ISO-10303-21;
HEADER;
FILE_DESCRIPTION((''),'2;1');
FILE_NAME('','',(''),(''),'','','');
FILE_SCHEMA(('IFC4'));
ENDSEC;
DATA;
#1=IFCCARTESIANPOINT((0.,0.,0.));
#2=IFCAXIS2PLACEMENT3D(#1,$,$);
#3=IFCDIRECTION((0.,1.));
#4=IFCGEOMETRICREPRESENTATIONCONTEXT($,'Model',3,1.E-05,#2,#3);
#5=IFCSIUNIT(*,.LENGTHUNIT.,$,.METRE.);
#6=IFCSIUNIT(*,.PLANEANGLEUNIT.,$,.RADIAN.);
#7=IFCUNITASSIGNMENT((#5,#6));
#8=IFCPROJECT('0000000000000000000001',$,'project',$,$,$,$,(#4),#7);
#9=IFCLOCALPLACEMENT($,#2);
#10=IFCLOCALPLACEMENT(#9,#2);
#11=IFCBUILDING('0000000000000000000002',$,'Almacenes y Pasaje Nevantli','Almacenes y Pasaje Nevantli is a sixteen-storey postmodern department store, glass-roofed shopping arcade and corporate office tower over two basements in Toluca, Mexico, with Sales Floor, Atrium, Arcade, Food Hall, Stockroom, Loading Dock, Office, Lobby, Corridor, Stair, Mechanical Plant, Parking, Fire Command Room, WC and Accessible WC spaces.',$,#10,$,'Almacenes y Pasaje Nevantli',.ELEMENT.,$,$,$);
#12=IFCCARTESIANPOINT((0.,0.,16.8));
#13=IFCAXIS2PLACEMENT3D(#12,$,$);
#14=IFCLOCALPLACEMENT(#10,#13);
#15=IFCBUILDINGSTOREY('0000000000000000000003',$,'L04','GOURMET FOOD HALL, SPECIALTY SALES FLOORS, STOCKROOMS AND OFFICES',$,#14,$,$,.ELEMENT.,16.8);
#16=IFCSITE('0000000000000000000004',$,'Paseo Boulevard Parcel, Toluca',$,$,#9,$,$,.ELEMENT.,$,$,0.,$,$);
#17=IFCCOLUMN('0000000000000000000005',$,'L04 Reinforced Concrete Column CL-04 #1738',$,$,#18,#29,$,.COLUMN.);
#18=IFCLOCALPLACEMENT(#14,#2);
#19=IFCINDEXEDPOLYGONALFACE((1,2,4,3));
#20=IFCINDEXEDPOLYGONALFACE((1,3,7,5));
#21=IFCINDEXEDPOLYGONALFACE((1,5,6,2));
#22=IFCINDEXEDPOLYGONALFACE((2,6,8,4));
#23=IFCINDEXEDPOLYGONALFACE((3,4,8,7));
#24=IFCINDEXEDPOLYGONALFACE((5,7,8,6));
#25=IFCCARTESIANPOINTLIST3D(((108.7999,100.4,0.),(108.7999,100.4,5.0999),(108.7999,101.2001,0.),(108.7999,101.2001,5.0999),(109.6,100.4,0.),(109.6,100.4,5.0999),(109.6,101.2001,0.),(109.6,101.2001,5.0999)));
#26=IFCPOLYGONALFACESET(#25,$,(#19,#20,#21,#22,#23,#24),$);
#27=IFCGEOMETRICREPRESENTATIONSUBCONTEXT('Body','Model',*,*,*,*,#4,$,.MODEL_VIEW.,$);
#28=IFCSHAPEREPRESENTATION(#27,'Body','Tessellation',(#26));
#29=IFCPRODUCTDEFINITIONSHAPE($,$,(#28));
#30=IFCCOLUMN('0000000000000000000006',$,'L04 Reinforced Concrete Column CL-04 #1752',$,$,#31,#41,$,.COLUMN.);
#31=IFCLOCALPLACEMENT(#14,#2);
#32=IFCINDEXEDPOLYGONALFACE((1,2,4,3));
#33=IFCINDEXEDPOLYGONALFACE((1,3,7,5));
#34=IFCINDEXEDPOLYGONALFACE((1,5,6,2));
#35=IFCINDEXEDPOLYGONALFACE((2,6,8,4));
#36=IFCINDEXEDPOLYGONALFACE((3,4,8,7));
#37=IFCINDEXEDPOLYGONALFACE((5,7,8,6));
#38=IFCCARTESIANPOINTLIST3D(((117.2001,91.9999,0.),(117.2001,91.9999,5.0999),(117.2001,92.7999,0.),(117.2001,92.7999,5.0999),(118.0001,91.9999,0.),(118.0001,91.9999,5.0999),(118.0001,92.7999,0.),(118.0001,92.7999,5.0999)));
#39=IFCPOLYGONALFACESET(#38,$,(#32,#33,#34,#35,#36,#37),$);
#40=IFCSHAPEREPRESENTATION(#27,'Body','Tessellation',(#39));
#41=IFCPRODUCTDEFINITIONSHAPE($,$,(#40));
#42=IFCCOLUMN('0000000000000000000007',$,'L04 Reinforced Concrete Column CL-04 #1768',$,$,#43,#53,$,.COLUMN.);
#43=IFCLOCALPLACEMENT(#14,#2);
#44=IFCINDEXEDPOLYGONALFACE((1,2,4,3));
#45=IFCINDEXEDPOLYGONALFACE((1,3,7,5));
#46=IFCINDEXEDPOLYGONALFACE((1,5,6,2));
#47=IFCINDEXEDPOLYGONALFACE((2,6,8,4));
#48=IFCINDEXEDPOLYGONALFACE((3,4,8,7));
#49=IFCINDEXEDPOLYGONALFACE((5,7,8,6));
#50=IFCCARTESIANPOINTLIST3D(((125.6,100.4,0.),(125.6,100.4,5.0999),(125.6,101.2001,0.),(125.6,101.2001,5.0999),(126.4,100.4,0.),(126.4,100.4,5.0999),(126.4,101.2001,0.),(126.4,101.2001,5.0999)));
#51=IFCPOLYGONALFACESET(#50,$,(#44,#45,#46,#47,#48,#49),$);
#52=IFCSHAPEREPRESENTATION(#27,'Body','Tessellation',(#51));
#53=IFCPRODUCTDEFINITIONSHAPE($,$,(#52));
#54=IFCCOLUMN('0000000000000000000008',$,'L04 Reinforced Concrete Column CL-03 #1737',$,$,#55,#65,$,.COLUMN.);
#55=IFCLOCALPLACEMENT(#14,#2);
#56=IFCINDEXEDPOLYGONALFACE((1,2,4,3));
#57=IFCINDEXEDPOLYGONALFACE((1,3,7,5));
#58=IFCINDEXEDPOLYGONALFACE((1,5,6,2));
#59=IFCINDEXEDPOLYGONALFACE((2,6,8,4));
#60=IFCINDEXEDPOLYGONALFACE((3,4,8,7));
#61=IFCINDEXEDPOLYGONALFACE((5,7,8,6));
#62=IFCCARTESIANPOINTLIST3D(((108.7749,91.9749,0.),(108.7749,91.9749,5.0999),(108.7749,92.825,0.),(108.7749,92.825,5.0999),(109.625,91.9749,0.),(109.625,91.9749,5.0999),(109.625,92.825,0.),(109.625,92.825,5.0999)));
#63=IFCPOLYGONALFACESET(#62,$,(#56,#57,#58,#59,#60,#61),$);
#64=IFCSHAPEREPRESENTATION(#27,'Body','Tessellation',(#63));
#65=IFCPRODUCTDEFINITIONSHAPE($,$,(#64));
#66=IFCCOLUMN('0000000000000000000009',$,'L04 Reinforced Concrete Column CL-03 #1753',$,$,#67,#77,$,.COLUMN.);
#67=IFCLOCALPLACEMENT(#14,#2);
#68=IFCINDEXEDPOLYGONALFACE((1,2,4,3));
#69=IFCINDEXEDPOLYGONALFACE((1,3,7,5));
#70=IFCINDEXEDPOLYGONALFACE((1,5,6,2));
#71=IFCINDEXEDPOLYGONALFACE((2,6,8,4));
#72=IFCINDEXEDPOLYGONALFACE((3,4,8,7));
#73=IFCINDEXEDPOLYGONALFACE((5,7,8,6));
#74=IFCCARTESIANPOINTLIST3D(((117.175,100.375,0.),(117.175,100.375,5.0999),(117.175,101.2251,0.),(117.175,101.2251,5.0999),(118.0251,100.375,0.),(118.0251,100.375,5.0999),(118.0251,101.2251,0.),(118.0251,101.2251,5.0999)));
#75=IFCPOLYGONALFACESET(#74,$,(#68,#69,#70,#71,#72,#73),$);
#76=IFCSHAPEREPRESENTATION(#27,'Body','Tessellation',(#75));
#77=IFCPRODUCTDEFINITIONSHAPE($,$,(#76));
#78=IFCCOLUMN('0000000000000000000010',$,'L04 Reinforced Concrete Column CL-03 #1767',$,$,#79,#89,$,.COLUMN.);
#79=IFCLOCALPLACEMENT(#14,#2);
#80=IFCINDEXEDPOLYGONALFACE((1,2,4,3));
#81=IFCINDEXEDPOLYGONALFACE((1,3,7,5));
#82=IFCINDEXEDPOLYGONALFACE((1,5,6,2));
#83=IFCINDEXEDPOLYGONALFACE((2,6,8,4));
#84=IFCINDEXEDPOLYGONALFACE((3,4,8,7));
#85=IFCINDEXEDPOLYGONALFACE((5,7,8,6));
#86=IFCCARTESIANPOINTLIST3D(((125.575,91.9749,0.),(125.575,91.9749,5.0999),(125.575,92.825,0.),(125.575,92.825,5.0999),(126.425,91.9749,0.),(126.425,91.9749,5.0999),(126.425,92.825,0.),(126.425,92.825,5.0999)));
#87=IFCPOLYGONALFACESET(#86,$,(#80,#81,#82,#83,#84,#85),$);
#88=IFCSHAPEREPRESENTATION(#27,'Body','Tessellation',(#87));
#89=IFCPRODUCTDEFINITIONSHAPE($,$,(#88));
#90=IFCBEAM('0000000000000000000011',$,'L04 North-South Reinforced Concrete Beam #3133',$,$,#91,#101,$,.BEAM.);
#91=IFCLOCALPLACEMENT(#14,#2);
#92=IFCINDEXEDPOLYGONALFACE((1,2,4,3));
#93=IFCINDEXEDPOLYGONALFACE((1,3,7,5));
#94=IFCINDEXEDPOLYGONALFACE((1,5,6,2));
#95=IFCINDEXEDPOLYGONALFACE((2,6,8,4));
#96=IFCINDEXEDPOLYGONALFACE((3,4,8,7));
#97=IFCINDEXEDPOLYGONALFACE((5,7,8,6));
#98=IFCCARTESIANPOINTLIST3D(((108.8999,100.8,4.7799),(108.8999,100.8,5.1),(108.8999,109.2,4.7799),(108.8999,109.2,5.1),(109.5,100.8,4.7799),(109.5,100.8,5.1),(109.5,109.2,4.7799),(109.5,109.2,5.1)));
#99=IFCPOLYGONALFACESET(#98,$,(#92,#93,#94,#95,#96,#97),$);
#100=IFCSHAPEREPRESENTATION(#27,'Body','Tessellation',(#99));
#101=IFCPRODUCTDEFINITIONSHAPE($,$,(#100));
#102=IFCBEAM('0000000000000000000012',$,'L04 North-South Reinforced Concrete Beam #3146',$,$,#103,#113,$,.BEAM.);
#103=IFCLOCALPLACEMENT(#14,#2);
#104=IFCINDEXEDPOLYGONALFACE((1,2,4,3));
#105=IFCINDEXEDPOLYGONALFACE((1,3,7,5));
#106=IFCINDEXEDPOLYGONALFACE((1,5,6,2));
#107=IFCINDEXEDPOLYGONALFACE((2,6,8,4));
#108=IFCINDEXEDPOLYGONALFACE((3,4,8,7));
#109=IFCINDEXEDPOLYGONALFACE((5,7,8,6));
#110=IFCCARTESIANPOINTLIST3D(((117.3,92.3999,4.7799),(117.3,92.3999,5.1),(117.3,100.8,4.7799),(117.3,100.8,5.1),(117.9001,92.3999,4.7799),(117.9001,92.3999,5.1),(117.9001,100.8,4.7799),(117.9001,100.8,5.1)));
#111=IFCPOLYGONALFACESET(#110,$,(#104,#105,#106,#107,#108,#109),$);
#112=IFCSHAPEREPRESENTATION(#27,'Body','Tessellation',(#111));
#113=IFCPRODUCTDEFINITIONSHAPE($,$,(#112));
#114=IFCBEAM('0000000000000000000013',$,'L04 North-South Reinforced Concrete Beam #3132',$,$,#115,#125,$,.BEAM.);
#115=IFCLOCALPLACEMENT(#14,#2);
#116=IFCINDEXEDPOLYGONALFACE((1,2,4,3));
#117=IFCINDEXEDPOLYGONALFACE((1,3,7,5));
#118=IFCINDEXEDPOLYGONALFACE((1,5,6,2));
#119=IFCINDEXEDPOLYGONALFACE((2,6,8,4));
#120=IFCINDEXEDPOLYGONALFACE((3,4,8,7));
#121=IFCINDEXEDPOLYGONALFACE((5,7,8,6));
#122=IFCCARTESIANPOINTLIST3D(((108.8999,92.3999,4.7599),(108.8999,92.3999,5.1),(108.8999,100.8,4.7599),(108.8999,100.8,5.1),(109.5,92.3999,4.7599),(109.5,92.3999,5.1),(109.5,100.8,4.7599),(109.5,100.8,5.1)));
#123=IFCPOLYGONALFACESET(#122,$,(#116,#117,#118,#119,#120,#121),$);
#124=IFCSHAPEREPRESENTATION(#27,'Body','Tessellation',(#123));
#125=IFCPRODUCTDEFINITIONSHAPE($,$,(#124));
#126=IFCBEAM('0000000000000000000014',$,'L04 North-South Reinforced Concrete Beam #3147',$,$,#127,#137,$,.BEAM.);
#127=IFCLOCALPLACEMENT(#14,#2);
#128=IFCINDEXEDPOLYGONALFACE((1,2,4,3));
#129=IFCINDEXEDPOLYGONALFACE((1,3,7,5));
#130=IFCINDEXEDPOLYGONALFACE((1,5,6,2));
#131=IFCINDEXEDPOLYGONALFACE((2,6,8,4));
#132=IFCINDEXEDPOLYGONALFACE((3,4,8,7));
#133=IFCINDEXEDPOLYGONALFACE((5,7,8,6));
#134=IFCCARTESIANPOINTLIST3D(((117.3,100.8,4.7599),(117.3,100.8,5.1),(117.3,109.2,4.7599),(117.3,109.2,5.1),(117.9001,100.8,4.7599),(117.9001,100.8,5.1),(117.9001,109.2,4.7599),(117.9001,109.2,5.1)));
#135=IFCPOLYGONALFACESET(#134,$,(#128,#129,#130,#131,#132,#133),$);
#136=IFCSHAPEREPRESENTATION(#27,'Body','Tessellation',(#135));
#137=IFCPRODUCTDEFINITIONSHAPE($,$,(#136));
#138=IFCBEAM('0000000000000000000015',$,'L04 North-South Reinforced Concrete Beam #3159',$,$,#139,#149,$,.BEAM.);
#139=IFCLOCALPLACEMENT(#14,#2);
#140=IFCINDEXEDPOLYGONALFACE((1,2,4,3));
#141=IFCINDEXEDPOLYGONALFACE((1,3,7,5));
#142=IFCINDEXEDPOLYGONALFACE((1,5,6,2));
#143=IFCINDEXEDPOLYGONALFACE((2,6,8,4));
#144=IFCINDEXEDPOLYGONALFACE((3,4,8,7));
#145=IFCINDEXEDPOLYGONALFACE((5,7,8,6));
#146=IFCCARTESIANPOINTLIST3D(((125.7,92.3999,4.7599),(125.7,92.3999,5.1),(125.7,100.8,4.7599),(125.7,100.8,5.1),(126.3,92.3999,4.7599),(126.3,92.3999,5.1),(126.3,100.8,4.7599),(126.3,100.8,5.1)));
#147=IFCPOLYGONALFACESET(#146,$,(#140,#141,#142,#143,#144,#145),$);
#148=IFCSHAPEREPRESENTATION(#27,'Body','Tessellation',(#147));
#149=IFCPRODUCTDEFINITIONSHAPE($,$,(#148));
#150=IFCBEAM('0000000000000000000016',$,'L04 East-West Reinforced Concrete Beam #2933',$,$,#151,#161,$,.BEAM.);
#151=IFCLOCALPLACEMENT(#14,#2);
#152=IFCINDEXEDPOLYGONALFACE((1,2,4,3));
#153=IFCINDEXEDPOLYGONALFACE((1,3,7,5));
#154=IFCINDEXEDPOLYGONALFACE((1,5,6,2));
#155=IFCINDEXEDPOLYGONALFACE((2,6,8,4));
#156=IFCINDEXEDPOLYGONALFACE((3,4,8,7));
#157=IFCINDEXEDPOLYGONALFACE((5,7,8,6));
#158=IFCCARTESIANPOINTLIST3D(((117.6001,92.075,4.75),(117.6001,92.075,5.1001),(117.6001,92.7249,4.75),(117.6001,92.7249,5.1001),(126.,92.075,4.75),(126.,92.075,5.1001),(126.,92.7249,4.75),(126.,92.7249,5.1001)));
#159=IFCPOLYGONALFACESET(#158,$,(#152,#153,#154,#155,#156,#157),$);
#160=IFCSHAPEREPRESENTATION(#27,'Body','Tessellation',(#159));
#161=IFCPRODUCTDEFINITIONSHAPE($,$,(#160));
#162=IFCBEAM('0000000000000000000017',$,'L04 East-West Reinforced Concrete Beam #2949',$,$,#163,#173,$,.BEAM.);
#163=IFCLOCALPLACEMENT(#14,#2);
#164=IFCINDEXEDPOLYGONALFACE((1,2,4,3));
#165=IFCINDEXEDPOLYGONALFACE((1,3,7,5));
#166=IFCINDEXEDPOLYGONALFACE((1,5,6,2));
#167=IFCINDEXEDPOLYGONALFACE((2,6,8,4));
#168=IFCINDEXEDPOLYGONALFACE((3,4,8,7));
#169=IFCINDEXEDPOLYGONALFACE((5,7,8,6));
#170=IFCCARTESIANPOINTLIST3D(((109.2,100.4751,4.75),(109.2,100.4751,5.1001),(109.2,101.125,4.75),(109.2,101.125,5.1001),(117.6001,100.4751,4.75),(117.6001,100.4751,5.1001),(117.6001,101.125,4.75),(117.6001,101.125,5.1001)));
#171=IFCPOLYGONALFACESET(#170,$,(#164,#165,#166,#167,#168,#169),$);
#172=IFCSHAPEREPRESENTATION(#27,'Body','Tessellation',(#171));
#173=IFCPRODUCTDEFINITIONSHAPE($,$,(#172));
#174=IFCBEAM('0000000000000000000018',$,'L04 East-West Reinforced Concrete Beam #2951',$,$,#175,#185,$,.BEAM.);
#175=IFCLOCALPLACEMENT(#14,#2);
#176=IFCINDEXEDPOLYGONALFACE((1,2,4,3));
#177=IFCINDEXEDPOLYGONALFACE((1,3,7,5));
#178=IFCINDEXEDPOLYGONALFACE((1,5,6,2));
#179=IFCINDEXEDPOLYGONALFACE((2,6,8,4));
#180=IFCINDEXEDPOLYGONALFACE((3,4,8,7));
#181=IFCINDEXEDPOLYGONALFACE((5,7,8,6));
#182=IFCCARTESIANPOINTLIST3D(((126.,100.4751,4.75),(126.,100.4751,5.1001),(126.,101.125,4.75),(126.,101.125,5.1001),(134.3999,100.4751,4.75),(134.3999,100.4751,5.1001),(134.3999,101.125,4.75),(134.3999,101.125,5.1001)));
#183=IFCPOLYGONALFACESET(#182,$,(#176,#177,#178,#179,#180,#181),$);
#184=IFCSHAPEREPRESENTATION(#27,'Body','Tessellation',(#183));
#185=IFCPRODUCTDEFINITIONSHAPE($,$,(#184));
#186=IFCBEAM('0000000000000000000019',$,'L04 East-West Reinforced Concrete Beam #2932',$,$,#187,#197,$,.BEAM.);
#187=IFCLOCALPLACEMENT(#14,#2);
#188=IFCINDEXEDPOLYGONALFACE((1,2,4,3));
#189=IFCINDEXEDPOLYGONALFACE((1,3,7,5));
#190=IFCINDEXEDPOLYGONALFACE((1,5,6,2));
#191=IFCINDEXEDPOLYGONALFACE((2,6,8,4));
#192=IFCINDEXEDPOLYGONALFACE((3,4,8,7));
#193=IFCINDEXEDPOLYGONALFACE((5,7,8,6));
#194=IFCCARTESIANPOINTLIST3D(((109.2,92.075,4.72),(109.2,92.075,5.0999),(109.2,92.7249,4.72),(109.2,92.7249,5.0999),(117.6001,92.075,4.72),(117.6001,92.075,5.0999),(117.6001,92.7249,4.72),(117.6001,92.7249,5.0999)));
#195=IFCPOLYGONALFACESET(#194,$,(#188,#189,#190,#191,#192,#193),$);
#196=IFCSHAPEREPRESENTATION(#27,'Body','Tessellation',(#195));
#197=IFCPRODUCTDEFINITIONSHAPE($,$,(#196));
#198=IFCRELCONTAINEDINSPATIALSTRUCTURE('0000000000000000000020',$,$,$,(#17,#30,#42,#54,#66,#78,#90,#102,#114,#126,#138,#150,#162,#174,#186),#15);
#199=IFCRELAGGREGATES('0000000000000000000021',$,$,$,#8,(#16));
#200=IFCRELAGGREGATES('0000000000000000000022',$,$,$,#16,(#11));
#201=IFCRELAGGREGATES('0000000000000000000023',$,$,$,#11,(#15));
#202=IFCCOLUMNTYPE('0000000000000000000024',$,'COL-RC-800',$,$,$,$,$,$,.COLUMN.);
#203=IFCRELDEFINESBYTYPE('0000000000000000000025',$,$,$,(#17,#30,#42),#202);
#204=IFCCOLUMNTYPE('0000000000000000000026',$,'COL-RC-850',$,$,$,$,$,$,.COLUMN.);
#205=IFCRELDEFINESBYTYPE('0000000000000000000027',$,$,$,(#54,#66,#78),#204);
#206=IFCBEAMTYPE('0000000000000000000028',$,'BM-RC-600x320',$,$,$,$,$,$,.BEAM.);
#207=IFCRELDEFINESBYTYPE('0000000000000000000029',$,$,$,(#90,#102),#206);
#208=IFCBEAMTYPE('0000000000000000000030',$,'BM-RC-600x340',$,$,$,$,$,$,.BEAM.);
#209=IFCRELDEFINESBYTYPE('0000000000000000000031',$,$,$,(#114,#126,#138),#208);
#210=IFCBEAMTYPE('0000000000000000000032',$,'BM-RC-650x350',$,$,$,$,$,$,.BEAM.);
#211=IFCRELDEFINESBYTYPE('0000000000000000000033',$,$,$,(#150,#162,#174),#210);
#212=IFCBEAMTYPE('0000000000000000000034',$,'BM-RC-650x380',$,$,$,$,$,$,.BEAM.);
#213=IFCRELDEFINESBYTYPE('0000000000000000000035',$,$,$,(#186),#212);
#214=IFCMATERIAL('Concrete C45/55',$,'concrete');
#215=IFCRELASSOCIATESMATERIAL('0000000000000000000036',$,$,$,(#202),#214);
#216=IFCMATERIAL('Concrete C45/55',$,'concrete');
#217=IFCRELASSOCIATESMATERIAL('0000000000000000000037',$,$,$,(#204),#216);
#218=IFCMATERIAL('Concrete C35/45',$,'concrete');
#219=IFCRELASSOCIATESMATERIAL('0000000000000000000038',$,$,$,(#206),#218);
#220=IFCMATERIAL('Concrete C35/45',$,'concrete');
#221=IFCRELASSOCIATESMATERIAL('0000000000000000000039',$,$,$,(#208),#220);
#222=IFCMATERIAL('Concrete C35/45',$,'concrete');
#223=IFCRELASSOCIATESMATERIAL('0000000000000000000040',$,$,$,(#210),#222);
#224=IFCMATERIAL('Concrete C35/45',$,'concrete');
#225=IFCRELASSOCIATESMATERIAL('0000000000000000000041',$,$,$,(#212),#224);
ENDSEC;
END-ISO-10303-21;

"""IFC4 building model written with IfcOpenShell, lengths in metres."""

from ifc_helpers import new_model, si_unit, direction, frame, origin, origin_2d, place, context, subcontext, project, spatial, rectangle, extrude, material, material_profile, profile_set, type_object, element, save


model = new_model("IFC4")

# Units and contexts
model_context = context("Model", 3, precision=1e-05, world=origin(), true_north=direction((0.0, 1.0)))
body_context = subcontext(model_context, "Body", "Model", "MODEL_VIEW")
ifc_project = project(units=[si_unit("LENGTHUNIT", "METRE"), si_unit("PLANEANGLEUNIT", "RADIAN")], contexts=[model_context])

# Site, building, storey
site_placement = place(None, origin())
site = spatial("IfcSite", under=ifc_project, at=site_placement, Name="Paseo Boulevard Parcel, Toluca", CompositionType="ELEMENT", RefElevation=0.0)
building_placement = place(site_placement, origin())
building = spatial("IfcBuilding", under=site, at=building_placement, Name="Almacenes y Pasaje Nevantli", Description="Almacenes y Pasaje Nevantli is a sixteen-storey postmodern department store, glass-roofed shopping arcade and corporate office tower over two basements in Toluca, Mexico, with Sales Floor, Atrium, Arcade, Food Hall, Stockroom, Loading Dock, Office, Lobby, Corridor, Stair, Mechanical Plant, Parking, Fire Command Room, WC and Accessible WC spaces.", LongName="Almacenes y Pasaje Nevantli", CompositionType="ELEMENT")
storey_placement = place(building_placement, frame((0.0, 0.0, 16.8)))
storey = spatial("IfcBuildingStorey", under=building, at=storey_placement, Name="L04", Description="GOURMET FOOD HALL, SPECIALTY SALES FLOORS, STOCKROOMS AND OFFICES", CompositionType="ELEMENT", Elevation=16.8)

# Columns
ifc_material_1 = material(Name="Concrete C45/55", Category="concrete")
ifc_material_profile_1 = material_profile(ifc_material_1, rectangle(XDim=0.8, YDim=0.8, at=origin_2d()), Name="RC-COL-800x800")
ifc_profile_set_1 = profile_set([ifc_material_profile_1], Name="Concrete C45/55")
column_type_1 = type_object("IfcColumnType", Name="COL-RC-800", PredefinedType="COLUMN", material=ifc_profile_set_1)
for number, where, z_axis, x_axis, name in (
    (1, (109.2, 100.8, 0.0), (0.0, 0.0, 1.0), (1.0, 0.0, 0.0), "L04 Reinforced Concrete Column CL-04 #1738"),
    (2, (117.6001, 92.3999, 0.0), (0.0, 0.0, 1.0), (1.0, 0.0, 0.0), "L04 Reinforced Concrete Column CL-04 #1752"),
    (3, (126.0, 100.8, 0.0), (0.0, 0.0, 1.0), (1.0, 0.0, 0.0), "L04 Reinforced Concrete Column CL-04 #1768"),
):
    element("IfcColumn", number, at=place(storey_placement, frame(where, z_axis=z_axis, x_axis=x_axis)), inside=storey, type_object=column_type_1, Name=name, PredefinedType="COLUMN", context=body_context, shape_type="SweptSolid", body=[
        extrude(rectangle(XDim=0.8, YDim=0.8, at=origin_2d()), origin(), (0.0, 0.0, 1.0), 5.0999),
    ])
ifc_material_2 = material(Name="Concrete C45/55", Category="concrete")
ifc_material_profile_2 = material_profile(ifc_material_2, rectangle(XDim=0.8501, YDim=0.8501, at=origin_2d()), Name="RC-COL-850x850")
ifc_profile_set_2 = profile_set([ifc_material_profile_2], Name="Concrete C45/55")
column_type_2 = type_object("IfcColumnType", Name="COL-RC-850", PredefinedType="COLUMN", material=ifc_profile_set_2)
for number, where, z_axis, x_axis, name in (
    (4, (109.2, 92.3999, 0.0), (0.0, 0.0, 1.0), (1.0, 0.0, 0.0), "L04 Reinforced Concrete Column CL-03 #1737"),
    (5, (117.6001, 100.8, 0.0), (0.0, 0.0, 1.0), (1.0, 0.0, 0.0), "L04 Reinforced Concrete Column CL-03 #1753"),
    (6, (126.0, 92.3999, 0.0), (0.0, 0.0, 1.0), (1.0, 0.0, 0.0), "L04 Reinforced Concrete Column CL-03 #1767"),
):
    element("IfcColumn", number, at=place(storey_placement, frame(where, z_axis=z_axis, x_axis=x_axis)), inside=storey, type_object=column_type_2, Name=name, PredefinedType="COLUMN", context=body_context, shape_type="SweptSolid", body=[
        extrude(rectangle(XDim=0.8501, YDim=0.8501, at=origin_2d()), origin(), (0.0, 0.0, 1.0), 5.0999),
    ])

# Beams
ifc_material_3 = material(Name="Concrete C35/45", Category="concrete")
ifc_material_profile_3 = material_profile(ifc_material_3, rectangle(XDim=0.6001, YDim=0.3201, at=origin_2d()), Name="RC-BM-600x320")
ifc_profile_set_3 = profile_set([ifc_material_profile_3], Name="Concrete C35/45")
beam_type_1 = type_object("IfcBeamType", Name="BM-RC-600x320", PredefinedType="BEAM", material=ifc_profile_set_3)
beam_1_placement = place(storey_placement, frame((109.2, 100.8, 4.9399), z_axis=(0.0, 1.0, 0.0), x_axis=(-1.0, 0.0, 0.0)))
element("IfcBeam", 7, at=beam_1_placement, inside=storey, type_object=beam_type_1, Name="L04 North-South Reinforced Concrete Beam #3133", PredefinedType="BEAM", context=body_context, shape_type="SweptSolid", body=[
    extrude(rectangle(XDim=0.6001, YDim=0.3201, at=origin_2d()), origin(), (0.0, 0.0, 1.0), 8.3999),
])
beam_2_placement = place(storey_placement, frame((117.6001, 92.3999, 4.9399), z_axis=(0.0, 1.0, 0.0), x_axis=(-1.0, 0.0, 0.0)))
element("IfcBeam", 8, at=beam_2_placement, inside=storey, type_object=beam_type_1, Name="L04 North-South Reinforced Concrete Beam #3146", PredefinedType="BEAM", context=body_context, shape_type="SweptSolid", body=[
    extrude(rectangle(XDim=0.6001, YDim=0.3201, at=origin_2d()), origin(), (0.0, 0.0, 1.0), 8.4001),
])
ifc_material_4 = material(Name="Concrete C35/45", Category="concrete")
ifc_material_profile_4 = material_profile(ifc_material_4, rectangle(XDim=0.6001, YDim=0.3401, at=origin_2d()), Name="RC-BM-600x340")
ifc_profile_set_4 = profile_set([ifc_material_profile_4], Name="Concrete C35/45")
beam_type_2 = type_object("IfcBeamType", Name="BM-RC-600x340", PredefinedType="BEAM", material=ifc_profile_set_4)
beam_3_placement = place(storey_placement, frame((109.2, 92.3999, 4.9299), z_axis=(0.0, 1.0, 0.0), x_axis=(-1.0, 0.0, 0.0)))
element("IfcBeam", 9, at=beam_3_placement, inside=storey, type_object=beam_type_2, Name="L04 North-South Reinforced Concrete Beam #3132", PredefinedType="BEAM", context=body_context, shape_type="SweptSolid", body=[
    extrude(rectangle(XDim=0.6001, YDim=0.3401, at=origin_2d()), origin(), (0.0, 0.0, 1.0), 8.4001),
])
beam_4_placement = place(storey_placement, frame((117.6001, 100.8, 4.9299), z_axis=(0.0, 1.0, 0.0), x_axis=(-1.0, 0.0, 0.0)))
element("IfcBeam", 10, at=beam_4_placement, inside=storey, type_object=beam_type_2, Name="L04 North-South Reinforced Concrete Beam #3147", PredefinedType="BEAM", context=body_context, shape_type="SweptSolid", body=[
    extrude(rectangle(XDim=0.6001, YDim=0.3401, at=origin_2d()), origin(), (0.0, 0.0, 1.0), 8.3999),
])
beam_5_placement = place(storey_placement, frame((126.0, 92.3999, 4.9299), z_axis=(0.0, 1.0, 0.0), x_axis=(-1.0, 0.0, 0.0)))
element("IfcBeam", 11, at=beam_5_placement, inside=storey, type_object=beam_type_2, Name="L04 North-South Reinforced Concrete Beam #3159", PredefinedType="BEAM", context=body_context, shape_type="SweptSolid", body=[
    extrude(rectangle(XDim=0.6001, YDim=0.3401, at=origin_2d()), origin(), (0.0, 0.0, 1.0), 8.4001),
])
ifc_material_5 = material(Name="Concrete C35/45", Category="concrete")
ifc_material_profile_5 = material_profile(ifc_material_5, rectangle(XDim=0.6499, YDim=0.3501, at=origin_2d()), Name="RC-BM-650x350")
ifc_profile_set_5 = profile_set([ifc_material_profile_5], Name="Concrete C35/45")
beam_type_3 = type_object("IfcBeamType", Name="BM-RC-650x350", PredefinedType="BEAM", material=ifc_profile_set_5)
beam_6_placement = place(storey_placement, frame((117.6001, 92.3999, 4.925), z_axis=(1.0, 0.0, 0.0), x_axis=(0.0, 1.0, 0.0)))
element("IfcBeam", 12, at=beam_6_placement, inside=storey, type_object=beam_type_3, Name="L04 East-West Reinforced Concrete Beam #2933", PredefinedType="BEAM", context=body_context, shape_type="SweptSolid", body=[
    extrude(rectangle(XDim=0.6499, YDim=0.3501, at=origin_2d()), origin(), (0.0, 0.0, 1.0), 8.3999),
])
beam_7_placement = place(storey_placement, frame((109.2, 100.8, 4.925), z_axis=(1.0, 0.0, 0.0), x_axis=(0.0, 1.0, 0.0)))
element("IfcBeam", 13, at=beam_7_placement, inside=storey, type_object=beam_type_3, Name="L04 East-West Reinforced Concrete Beam #2949", PredefinedType="BEAM", context=body_context, shape_type="SweptSolid", body=[
    extrude(rectangle(XDim=0.6499, YDim=0.3501, at=origin_2d()), origin(), (0.0, 0.0, 1.0), 8.4001),
])
beam_8_placement = place(storey_placement, frame((126.0, 100.8, 4.925), z_axis=(1.0, 0.0, 0.0), x_axis=(0.0, 1.0, 0.0)))
element("IfcBeam", 14, at=beam_8_placement, inside=storey, type_object=beam_type_3, Name="L04 East-West Reinforced Concrete Beam #2951", PredefinedType="BEAM", context=body_context, shape_type="SweptSolid", body=[
    extrude(rectangle(XDim=0.6499, YDim=0.3501, at=origin_2d()), origin(), (0.0, 0.0, 1.0), 8.3999),
])
ifc_material_6 = material(Name="Concrete C35/45", Category="concrete")
ifc_material_profile_6 = material_profile(ifc_material_6, rectangle(XDim=0.6499, YDim=0.3799, at=origin_2d()), Name="RC-BM-650x380")
ifc_profile_set_6 = profile_set([ifc_material_profile_6], Name="Concrete C35/45")
beam_type_4 = type_object("IfcBeamType", Name="BM-RC-650x380", PredefinedType="BEAM", material=ifc_profile_set_6)
beam_9_placement = place(storey_placement, frame((109.2, 92.3999, 4.9099), z_axis=(1.0, 0.0, 0.0), x_axis=(0.0, 1.0, 0.0)))
element("IfcBeam", 15, at=beam_9_placement, inside=storey, type_object=beam_type_4, Name="L04 East-West Reinforced Concrete Beam #2932", PredefinedType="BEAM", context=body_context, shape_type="SweptSolid", body=[
    extrude(rectangle(XDim=0.6499, YDim=0.3799, at=origin_2d()), origin(), (0.0, 0.0, 1.0), 8.4001),
])

save(model, "model.ifc")
